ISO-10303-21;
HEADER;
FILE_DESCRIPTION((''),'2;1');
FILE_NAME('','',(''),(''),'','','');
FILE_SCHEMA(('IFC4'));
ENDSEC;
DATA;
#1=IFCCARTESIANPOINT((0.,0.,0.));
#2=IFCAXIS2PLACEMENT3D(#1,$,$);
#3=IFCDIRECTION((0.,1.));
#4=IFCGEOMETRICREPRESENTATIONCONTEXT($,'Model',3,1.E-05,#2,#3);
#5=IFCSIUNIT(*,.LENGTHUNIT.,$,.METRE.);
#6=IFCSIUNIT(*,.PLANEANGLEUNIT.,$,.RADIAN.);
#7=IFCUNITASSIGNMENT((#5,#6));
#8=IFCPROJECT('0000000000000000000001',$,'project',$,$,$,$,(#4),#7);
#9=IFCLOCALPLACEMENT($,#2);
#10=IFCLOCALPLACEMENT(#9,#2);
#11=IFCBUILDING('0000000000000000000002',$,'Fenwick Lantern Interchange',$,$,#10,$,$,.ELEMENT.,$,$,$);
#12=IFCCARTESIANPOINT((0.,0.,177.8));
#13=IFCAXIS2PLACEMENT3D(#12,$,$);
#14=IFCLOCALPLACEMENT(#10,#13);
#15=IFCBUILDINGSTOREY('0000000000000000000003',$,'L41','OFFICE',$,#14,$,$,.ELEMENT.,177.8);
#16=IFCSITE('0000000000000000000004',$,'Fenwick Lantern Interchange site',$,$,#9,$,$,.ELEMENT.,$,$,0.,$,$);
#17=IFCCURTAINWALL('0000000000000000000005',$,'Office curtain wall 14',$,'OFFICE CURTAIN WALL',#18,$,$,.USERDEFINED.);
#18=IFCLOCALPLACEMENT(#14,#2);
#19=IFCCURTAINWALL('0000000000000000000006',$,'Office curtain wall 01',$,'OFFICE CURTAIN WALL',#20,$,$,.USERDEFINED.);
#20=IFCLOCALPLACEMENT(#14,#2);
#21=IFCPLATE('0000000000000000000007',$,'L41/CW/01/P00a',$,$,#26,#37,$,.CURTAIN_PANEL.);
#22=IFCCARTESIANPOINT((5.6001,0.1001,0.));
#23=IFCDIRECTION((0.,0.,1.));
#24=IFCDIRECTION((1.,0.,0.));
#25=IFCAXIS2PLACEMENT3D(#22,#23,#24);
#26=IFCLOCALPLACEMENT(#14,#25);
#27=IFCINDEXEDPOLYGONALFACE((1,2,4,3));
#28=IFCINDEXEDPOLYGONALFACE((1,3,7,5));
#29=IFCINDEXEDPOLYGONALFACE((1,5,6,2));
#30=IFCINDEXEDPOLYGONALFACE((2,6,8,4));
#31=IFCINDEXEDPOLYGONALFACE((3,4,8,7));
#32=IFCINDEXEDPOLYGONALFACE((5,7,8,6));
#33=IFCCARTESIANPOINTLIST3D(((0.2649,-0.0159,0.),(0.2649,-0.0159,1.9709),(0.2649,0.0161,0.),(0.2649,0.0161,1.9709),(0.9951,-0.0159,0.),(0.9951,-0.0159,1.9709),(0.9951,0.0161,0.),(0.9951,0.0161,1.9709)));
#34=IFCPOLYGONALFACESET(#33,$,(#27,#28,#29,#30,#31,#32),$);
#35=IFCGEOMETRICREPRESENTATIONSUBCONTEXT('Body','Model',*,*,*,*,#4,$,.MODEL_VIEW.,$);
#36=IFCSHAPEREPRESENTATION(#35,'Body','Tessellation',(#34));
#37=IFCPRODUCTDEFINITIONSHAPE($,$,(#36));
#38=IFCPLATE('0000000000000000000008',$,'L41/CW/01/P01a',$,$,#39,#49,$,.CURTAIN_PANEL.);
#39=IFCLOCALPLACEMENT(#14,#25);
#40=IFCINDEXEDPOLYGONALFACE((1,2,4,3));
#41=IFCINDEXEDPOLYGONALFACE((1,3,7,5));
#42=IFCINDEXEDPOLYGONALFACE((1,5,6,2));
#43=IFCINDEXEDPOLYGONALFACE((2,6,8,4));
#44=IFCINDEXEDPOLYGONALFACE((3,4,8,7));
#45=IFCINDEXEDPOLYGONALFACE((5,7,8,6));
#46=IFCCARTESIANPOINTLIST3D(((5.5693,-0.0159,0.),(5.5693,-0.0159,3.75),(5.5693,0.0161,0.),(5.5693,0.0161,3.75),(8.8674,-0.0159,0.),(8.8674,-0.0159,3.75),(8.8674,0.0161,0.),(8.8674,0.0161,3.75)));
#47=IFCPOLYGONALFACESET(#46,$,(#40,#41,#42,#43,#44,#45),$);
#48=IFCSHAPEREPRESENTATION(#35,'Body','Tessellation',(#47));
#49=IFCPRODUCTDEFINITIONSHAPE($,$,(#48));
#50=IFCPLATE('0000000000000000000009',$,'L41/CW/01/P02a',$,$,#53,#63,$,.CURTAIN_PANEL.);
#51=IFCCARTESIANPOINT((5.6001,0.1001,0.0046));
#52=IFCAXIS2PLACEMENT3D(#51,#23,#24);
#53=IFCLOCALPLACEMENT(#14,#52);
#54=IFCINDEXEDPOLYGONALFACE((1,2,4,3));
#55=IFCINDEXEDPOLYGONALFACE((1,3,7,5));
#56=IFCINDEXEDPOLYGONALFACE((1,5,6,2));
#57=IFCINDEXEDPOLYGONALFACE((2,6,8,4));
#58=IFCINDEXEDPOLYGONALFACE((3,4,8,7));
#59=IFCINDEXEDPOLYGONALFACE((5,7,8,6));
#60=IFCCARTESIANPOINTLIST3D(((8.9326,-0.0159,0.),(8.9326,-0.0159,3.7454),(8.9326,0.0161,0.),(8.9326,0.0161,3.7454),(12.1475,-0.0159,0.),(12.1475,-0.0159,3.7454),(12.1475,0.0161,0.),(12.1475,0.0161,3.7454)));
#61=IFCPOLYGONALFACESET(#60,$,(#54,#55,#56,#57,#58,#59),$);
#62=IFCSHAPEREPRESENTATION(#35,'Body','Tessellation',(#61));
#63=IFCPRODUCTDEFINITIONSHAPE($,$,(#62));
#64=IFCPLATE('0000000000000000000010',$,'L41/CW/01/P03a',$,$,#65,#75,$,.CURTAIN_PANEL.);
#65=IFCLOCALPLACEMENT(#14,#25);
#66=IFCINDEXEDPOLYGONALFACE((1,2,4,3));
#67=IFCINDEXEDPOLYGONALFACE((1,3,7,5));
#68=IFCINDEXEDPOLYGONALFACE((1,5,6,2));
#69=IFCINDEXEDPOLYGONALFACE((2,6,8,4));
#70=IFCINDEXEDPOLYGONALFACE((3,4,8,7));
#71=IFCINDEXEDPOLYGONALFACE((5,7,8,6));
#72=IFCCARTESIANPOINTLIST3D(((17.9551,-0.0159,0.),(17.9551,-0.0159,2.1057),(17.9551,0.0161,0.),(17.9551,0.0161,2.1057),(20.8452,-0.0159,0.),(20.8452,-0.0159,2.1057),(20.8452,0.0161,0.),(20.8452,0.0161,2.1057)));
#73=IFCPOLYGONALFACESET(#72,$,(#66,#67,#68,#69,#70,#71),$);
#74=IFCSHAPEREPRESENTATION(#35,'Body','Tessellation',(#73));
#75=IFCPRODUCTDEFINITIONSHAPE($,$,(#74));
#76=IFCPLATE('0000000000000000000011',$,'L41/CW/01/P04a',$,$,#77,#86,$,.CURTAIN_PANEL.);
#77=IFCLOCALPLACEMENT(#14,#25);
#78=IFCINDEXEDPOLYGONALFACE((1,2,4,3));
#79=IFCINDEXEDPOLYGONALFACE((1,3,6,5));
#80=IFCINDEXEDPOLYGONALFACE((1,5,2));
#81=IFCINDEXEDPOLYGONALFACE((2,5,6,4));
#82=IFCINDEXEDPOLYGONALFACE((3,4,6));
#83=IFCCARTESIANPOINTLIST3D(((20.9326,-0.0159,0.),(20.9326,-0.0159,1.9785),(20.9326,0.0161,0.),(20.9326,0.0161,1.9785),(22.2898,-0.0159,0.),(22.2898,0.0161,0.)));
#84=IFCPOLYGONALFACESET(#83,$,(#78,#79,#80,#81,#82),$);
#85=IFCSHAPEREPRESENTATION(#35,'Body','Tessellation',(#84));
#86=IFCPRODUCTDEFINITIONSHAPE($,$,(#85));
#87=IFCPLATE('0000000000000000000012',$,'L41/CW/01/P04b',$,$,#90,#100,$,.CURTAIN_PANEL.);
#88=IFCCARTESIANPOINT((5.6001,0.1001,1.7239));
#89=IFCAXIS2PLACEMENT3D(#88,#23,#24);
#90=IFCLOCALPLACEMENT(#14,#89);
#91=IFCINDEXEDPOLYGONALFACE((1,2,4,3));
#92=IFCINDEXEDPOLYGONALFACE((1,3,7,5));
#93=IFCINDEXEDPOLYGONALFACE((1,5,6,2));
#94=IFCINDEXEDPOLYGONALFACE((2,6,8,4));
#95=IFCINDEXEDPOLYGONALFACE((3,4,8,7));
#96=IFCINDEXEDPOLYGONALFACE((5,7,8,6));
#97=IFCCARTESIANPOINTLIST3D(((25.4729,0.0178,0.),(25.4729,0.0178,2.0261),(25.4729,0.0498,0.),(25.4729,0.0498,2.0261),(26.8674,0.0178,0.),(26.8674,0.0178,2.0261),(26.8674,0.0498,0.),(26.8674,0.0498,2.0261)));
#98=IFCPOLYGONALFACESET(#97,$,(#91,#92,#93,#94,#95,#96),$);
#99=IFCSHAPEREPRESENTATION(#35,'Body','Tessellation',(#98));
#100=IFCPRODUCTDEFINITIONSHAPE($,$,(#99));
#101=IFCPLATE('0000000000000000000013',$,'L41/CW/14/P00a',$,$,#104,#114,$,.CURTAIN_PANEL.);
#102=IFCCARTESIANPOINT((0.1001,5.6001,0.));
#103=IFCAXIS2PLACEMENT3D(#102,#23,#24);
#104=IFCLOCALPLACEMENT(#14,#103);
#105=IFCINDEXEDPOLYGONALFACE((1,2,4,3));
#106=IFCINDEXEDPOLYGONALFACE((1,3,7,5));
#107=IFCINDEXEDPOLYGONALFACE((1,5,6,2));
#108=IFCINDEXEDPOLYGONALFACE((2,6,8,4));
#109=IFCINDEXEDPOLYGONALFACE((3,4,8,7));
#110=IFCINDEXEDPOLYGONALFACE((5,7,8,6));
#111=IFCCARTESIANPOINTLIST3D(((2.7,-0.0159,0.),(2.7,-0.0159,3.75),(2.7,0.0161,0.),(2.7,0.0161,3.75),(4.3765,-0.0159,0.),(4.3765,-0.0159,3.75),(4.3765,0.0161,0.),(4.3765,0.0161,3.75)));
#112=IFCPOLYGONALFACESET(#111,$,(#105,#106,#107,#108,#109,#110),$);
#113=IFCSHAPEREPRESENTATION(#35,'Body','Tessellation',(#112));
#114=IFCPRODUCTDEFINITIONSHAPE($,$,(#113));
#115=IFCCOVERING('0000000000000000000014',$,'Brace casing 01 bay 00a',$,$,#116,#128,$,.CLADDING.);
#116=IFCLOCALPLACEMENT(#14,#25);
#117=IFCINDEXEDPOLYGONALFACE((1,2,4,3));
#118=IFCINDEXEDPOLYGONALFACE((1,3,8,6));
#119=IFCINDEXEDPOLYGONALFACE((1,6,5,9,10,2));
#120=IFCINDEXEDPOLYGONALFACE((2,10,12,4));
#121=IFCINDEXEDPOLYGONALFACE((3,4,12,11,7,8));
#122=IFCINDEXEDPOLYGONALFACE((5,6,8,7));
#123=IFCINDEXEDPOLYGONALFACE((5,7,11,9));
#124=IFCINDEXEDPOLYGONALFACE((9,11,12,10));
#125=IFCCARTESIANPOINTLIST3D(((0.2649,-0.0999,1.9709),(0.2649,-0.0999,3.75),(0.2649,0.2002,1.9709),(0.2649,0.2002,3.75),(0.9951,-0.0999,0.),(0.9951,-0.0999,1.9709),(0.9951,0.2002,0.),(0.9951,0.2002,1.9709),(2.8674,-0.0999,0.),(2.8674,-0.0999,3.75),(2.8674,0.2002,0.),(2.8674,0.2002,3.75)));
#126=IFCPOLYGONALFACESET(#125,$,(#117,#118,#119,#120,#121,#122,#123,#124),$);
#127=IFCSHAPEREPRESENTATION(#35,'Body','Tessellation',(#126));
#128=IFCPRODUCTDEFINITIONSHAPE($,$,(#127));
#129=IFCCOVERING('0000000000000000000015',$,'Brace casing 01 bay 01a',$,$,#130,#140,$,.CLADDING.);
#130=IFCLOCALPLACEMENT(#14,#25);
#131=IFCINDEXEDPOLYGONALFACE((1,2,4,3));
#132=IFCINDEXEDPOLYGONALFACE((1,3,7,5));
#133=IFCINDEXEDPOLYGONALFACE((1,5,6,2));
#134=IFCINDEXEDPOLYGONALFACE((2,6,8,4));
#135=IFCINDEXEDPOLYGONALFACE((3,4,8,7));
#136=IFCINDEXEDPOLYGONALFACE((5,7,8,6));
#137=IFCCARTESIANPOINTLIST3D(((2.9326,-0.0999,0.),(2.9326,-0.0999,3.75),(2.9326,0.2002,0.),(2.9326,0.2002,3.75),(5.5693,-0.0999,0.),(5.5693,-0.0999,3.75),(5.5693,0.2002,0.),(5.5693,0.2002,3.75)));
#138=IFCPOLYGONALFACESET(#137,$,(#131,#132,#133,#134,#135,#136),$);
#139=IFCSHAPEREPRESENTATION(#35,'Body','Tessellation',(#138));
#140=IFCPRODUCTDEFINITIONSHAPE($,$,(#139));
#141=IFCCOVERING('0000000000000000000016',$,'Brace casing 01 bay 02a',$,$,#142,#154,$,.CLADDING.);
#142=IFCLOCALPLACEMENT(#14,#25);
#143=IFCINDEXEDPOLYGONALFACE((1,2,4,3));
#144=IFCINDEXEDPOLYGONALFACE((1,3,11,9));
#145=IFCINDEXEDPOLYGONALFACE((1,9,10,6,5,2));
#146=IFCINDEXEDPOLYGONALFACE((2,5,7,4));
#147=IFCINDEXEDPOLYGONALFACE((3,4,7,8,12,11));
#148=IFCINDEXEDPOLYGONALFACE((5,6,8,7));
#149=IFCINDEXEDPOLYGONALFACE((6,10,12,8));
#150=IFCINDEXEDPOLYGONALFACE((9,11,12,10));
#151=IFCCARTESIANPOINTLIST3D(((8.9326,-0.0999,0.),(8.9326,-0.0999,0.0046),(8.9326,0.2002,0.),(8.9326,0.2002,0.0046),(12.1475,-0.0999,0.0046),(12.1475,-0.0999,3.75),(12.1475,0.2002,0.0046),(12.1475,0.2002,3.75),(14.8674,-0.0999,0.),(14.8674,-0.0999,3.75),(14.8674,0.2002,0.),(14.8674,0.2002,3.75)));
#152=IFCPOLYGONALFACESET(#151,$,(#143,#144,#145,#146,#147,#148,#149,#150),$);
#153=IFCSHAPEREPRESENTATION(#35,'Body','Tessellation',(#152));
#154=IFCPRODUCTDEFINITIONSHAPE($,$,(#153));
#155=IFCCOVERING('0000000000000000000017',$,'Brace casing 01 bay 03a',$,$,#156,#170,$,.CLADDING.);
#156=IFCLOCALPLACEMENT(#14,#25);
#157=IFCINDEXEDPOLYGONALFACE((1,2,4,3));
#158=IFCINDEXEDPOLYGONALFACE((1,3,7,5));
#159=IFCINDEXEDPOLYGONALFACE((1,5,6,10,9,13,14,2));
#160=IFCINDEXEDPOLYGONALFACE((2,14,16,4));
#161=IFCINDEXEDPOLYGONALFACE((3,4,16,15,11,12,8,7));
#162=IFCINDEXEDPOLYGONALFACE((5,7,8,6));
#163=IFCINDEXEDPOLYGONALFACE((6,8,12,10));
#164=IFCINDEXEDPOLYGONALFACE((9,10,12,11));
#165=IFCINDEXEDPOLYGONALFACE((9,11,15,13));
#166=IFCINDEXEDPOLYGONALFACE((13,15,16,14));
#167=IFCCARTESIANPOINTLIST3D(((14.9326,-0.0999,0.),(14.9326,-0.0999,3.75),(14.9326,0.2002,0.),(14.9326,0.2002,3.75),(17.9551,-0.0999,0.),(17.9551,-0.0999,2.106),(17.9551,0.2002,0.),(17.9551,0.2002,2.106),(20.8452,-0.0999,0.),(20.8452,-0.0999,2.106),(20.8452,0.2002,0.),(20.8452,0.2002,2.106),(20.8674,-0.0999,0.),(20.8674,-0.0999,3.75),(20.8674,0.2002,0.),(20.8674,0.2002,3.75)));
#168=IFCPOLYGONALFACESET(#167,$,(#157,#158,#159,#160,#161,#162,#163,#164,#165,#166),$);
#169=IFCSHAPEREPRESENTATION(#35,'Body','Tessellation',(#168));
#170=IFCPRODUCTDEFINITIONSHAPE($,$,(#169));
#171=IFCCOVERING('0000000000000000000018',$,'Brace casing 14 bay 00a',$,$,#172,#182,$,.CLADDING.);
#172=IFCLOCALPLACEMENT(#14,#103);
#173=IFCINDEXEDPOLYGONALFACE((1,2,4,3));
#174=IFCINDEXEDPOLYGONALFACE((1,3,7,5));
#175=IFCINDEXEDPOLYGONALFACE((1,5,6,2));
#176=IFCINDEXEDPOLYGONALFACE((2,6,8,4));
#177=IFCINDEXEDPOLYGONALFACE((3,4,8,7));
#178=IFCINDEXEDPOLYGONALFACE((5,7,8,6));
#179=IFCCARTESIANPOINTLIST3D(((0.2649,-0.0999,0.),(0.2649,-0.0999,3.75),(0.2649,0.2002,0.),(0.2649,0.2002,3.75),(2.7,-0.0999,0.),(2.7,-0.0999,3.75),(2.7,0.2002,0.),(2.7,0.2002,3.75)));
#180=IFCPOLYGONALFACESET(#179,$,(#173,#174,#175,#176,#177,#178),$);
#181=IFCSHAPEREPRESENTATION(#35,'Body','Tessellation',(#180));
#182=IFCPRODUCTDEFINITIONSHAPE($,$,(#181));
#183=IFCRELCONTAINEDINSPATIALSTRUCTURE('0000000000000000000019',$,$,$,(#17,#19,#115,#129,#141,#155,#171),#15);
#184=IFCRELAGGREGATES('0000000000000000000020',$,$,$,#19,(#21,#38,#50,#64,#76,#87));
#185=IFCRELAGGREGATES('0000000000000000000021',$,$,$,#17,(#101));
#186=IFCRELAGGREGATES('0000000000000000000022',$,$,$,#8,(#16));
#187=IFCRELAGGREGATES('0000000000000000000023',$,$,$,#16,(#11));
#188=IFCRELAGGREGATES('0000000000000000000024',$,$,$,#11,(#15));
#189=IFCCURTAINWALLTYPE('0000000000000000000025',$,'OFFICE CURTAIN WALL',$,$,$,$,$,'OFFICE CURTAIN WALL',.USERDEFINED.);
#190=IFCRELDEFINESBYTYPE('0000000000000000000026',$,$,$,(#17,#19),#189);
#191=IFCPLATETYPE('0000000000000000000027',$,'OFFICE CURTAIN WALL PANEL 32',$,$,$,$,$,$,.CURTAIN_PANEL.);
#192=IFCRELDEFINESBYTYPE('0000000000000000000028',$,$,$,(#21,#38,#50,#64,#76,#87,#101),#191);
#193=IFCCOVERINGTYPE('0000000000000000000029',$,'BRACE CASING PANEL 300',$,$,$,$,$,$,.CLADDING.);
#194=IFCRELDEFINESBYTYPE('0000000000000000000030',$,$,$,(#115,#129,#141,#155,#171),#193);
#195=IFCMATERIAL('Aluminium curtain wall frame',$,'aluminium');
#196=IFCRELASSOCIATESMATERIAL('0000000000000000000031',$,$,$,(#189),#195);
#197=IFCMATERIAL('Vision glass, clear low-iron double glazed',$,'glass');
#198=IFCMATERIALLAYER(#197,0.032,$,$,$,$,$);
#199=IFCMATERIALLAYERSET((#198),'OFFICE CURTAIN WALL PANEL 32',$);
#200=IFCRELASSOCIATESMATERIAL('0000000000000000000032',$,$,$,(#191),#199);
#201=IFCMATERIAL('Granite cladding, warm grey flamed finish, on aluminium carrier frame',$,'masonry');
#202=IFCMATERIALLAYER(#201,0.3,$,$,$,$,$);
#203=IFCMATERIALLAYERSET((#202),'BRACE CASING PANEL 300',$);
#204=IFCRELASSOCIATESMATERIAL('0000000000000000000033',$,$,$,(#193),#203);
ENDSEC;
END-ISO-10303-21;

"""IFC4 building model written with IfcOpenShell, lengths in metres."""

from ifc_helpers import new_model, si_unit, direction, frame, origin, place, context, subcontext, project, spatial, polyline, outline, extrude, material, layer, layer_set, type_object, element, aggregate, save


model = new_model("IFC4")

# Units and contexts
model_context = context("Model", 3, precision=1e-05, world=origin(), true_north=direction((0.0, 1.0)))
body_context = subcontext(model_context, "Body", "Model", "MODEL_VIEW")
ifc_project = project(units=[si_unit("LENGTHUNIT", "METRE"), si_unit("PLANEANGLEUNIT", "RADIAN")], contexts=[model_context])

# Site, building, storey
site_placement = place(None, origin())
site = spatial("IfcSite", under=ifc_project, at=site_placement, Name="Fenwick Lantern Interchange site", CompositionType="ELEMENT", RefElevation=0.0)
building_placement = place(site_placement, origin())
building = spatial("IfcBuilding", under=site, at=building_placement, Name="Fenwick Lantern Interchange", CompositionType="ELEMENT")
storey_placement = place(building_placement, frame((0.0, 0.0, 177.8)))
storey = spatial("IfcBuildingStorey", under=building, at=storey_placement, Name="L41", Description="OFFICE", CompositionType="ELEMENT", Elevation=177.8)

# Shared definitions
ifc_material_1 = material(Name="Aluminium curtain wall frame", Category="aluminium")
curtain_wall_type = type_object("IfcCurtainWallType", Name="OFFICE CURTAIN WALL", ElementType="OFFICE CURTAIN WALL", PredefinedType="USERDEFINED", material=ifc_material_1)

# Curtain wall
curtain_wall_1_placement = place(storey_placement, origin())
curtain_wall_1 = element("IfcCurtainWall", 1, at=curtain_wall_1_placement, inside=storey, type_object=curtain_wall_type, Name="Office curtain wall 14", ObjectType="OFFICE CURTAIN WALL", PredefinedType="USERDEFINED")

# Curtain wall, plates
curtain_wall_2_placement = place(storey_placement, origin())
curtain_wall_2 = element("IfcCurtainWall", 2, at=curtain_wall_2_placement, inside=storey, type_object=curtain_wall_type, Name="Office curtain wall 01", ObjectType="OFFICE CURTAIN WALL", PredefinedType="USERDEFINED")
ifc_material_2 = material(Name="Vision glass, clear low-iron double glazed", Category="glass")
ifc_layer_1 = layer(ifc_material_2, 0.032)
ifc_layer_set_1 = layer_set([ifc_layer_1], Name="OFFICE CURTAIN WALL PANEL 32")
plate_type = type_object("IfcPlateType", Name="OFFICE CURTAIN WALL PANEL 32", PredefinedType="CURTAIN_PANEL", material=ifc_layer_set_1)
plate_1_placement = place(storey_placement, frame((5.6001, 0.1001, 0.0), z_axis=(0.0, 0.0, 1.0), x_axis=(1.0, 0.0, 0.0)))
plate_1 = element("IfcPlate", 3, at=plate_1_placement, type_object=plate_type, Name="L41/CW/01/P00a", PredefinedType="CURTAIN_PANEL", context=body_context, shape_type="SweptSolid", body=[
    extrude(outline(polyline([(0.2649, 0.0), (0.9951, 0.0), (0.9951, 1.9709), (0.2649, 1.9709), (0.2649, 0.0)])), frame((0.0, 0.0161, 0.0), z_axis=(0.0, -1.0, 0.0), x_axis=(1.0, 0.0, 0.0)), (0.0, 0.0, 1.0), 0.032),
])
plate_2_placement = place(storey_placement, frame((5.6001, 0.1001, 0.0), z_axis=(0.0, 0.0, 1.0), x_axis=(1.0, 0.0, 0.0)))
plate_2 = element("IfcPlate", 4, at=plate_2_placement, type_object=plate_type, Name="L41/CW/01/P01a", PredefinedType="CURTAIN_PANEL", context=body_context, shape_type="SweptSolid", body=[
    extrude(outline(polyline([(5.5693, 0.0), (8.8674, 0.0), (8.8674, 3.75), (5.5693, 3.75), (5.5693, 0.0)])), frame((0.0, 0.0161, 0.0), z_axis=(0.0, -1.0, 0.0), x_axis=(1.0, 0.0, 0.0)), (0.0, 0.0, 1.0), 0.032),
])
plate_3_placement = place(storey_placement, frame((5.6001, 0.1001, 0.0046), z_axis=(0.0, 0.0, 1.0), x_axis=(1.0, 0.0, 0.0)))
plate_3 = element("IfcPlate", 5, at=plate_3_placement, type_object=plate_type, Name="L41/CW/01/P02a", PredefinedType="CURTAIN_PANEL", context=body_context, shape_type="SweptSolid", body=[
    extrude(outline(polyline([(8.9326, 0.0), (12.1475, 0.0), (12.1475, 3.7454), (8.9326, 3.7454), (8.9326, 0.0)])), frame((0.0, 0.0161, 0.0), z_axis=(0.0, -1.0, 0.0), x_axis=(1.0, 0.0, 0.0)), (0.0, 0.0, 1.0), 0.032),
])
plate_4_placement = place(storey_placement, frame((5.6001, 0.1001, 0.0), z_axis=(0.0, 0.0, 1.0), x_axis=(1.0, 0.0, 0.0)))
plate_4 = element("IfcPlate", 6, at=plate_4_placement, type_object=plate_type, Name="L41/CW/01/P03a", PredefinedType="CURTAIN_PANEL", context=body_context, shape_type="SweptSolid", body=[
    extrude(outline(polyline([(17.9551, 0.0), (20.8452, 0.0), (20.8452, 2.1057), (17.9551, 2.1057), (17.9551, 0.0)])), frame((0.0, 0.0161, 0.0), z_axis=(0.0, -1.0, 0.0), x_axis=(1.0, 0.0, 0.0)), (0.0, 0.0, 1.0), 0.032),
])
plate_5_placement = place(storey_placement, frame((5.6001, 0.1001, 0.0), z_axis=(0.0, 0.0, 1.0), x_axis=(1.0, 0.0, 0.0)))
plate_5 = element("IfcPlate", 7, at=plate_5_placement, type_object=plate_type, Name="L41/CW/01/P04a", PredefinedType="CURTAIN_PANEL", context=body_context, shape_type="SweptSolid", body=[
    extrude(outline(polyline([(20.9326, 0.0), (22.2898, 0.0), (20.9326, 1.9785), (20.9326, 0.0)])), frame((0.0, 0.0161, 0.0), z_axis=(0.0, -1.0, 0.0), x_axis=(1.0, 0.0, 0.0)), (0.0, 0.0, 1.0), 0.032),
])
plate_6_placement = place(storey_placement, frame((5.6001, 0.1001, 1.7239), z_axis=(0.0, 0.0, 1.0), x_axis=(1.0, 0.0, 0.0)))
plate_6 = element("IfcPlate", 8, at=plate_6_placement, type_object=plate_type, Name="L41/CW/01/P04b", PredefinedType="CURTAIN_PANEL", context=body_context, shape_type="SweptSolid", body=[
    extrude(outline(polyline([(25.4729, 0.0), (26.8674, 0.0), (26.8674, 2.0261), (25.4729, 2.0261), (25.4729, 0.0)])), frame((0.0, 0.0498, 0.0), z_axis=(0.0, -1.0, 0.0), x_axis=(1.0, 0.0, 0.0)), (0.0, 0.0, 1.0), 0.032),
])
aggregate(curtain_wall_2, [plate_1, plate_2, plate_3, plate_4, plate_5, plate_6])

# Plate
plate_7_placement = place(storey_placement, frame((0.1001, 5.6001, 0.0), z_axis=(0.0, 0.0, 1.0), x_axis=(1.0, 0.0, 0.0)))
plate_7 = element("IfcPlate", 9, at=plate_7_placement, type_object=plate_type, Name="L41/CW/14/P00a", PredefinedType="CURTAIN_PANEL", context=body_context, shape_type="SweptSolid", body=[
    extrude(outline(polyline([(2.7, 0.0), (4.3765, 0.0), (4.3765, 3.75), (2.7, 3.75), (2.7, 0.0)])), frame((0.0, 0.0161, 0.0), z_axis=(0.0, -1.0, 0.0), x_axis=(1.0, 0.0, 0.0)), (0.0, 0.0, 1.0), 0.032),
])
aggregate(curtain_wall_1, [plate_7])

# Coverings
ifc_material_3 = material(Name="Granite cladding, warm grey flamed finish, on aluminium carrier frame", Category="masonry")
ifc_layer_2 = layer(ifc_material_3, 0.3)
ifc_layer_set_2 = layer_set([ifc_layer_2], Name="BRACE CASING PANEL 300")
covering_type_1 = type_object("IfcCoveringType", Name="BRACE CASING PANEL 300", PredefinedType="CLADDING", material=ifc_layer_set_2)
covering_1_placement = place(storey_placement, frame((5.6001, 0.1001, 0.0), z_axis=(0.0, 0.0, 1.0), x_axis=(1.0, 0.0, 0.0)))
element("IfcCovering", 10, at=covering_1_placement, inside=storey, type_object=covering_type_1, Name="Brace casing 01 bay 00a", PredefinedType="CLADDING", context=body_context, shape_type="SweptSolid", body=[
    extrude(outline(polyline([(0.9951, 0.0), (2.8674, 0.0), (2.8674, 3.75), (0.2649, 3.75), (0.2649, 1.9709), (0.9951, 1.9709), (0.9951, 0.0)])), frame((0.0, 0.2002, 0.0), z_axis=(0.0, -1.0, 0.0), x_axis=(1.0, 0.0, 0.0)), (0.0, 0.0, 1.0), 0.3),
])
covering_2_placement = place(storey_placement, frame((5.6001, 0.1001, 0.0), z_axis=(0.0, 0.0, 1.0), x_axis=(1.0, 0.0, 0.0)))
element("IfcCovering", 11, at=covering_2_placement, inside=storey, type_object=covering_type_1, Name="Brace casing 01 bay 01a", PredefinedType="CLADDING", context=body_context, shape_type="SweptSolid", body=[
    extrude(outline(polyline([(2.9326, 0.0), (5.5693, 0.0), (5.5693, 3.75), (2.9326, 3.75), (2.9326, 0.0)])), frame((0.0, 0.2002, 0.0), z_axis=(0.0, -1.0, 0.0), x_axis=(1.0, 0.0, 0.0)), (0.0, 0.0, 1.0), 0.3),
])
covering_3_placement = place(storey_placement, frame((5.6001, 0.1001, 0.0), z_axis=(0.0, 0.0, 1.0), x_axis=(1.0, 0.0, 0.0)))
element("IfcCovering", 12, at=covering_3_placement, inside=storey, type_object=covering_type_1, Name="Brace casing 01 bay 02a", PredefinedType="CLADDING", context=body_context, shape_type="SweptSolid", body=[
    extrude(outline(polyline([(8.9326, 0.0), (14.8674, 0.0), (14.8674, 3.75), (12.1475, 3.75), (12.1475, 0.0046), (8.9326, 0.0046), (8.9326, 0.0)])), frame((0.0, 0.2002, 0.0), z_axis=(0.0, -1.0, 0.0), x_axis=(1.0, 0.0, 0.0)), (0.0, 0.0, 1.0), 0.3),
])
covering_4_placement = place(storey_placement, frame((5.6001, 0.1001, 0.0), z_axis=(0.0, 0.0, 1.0), x_axis=(1.0, 0.0, 0.0)))
element("IfcCovering", 13, at=covering_4_placement, inside=storey, type_object=covering_type_1, Name="Brace casing 01 bay 03a", PredefinedType="CLADDING", context=body_context, shape_type="SweptSolid", body=[
    extrude(outline(polyline([(14.9326, 0.0), (17.9551, 0.0), (17.9551, 2.106), (20.8452, 2.106), (20.8452, 0.0), (20.8674, 0.0), (20.8674, 3.75), (14.9326, 3.75), (14.9326, 0.0)])), frame((0.0, 0.2002, 0.0), z_axis=(0.0, -1.0, 0.0), x_axis=(1.0, 0.0, 0.0)), (0.0, 0.0, 1.0), 0.3),
])
covering_5_placement = place(storey_placement, frame((0.1001, 5.6001, 0.0), z_axis=(0.0, 0.0, 1.0), x_axis=(1.0, 0.0, 0.0)))
element("IfcCovering", 14, at=covering_5_placement, inside=storey, type_object=covering_type_1, Name="Brace casing 14 bay 00a", PredefinedType="CLADDING", context=body_context, shape_type="SweptSolid", body=[
    extrude(outline(polyline([(0.2649, 0.0), (2.7, 0.0), (2.7, 3.75), (0.2649, 3.75), (0.2649, 0.0)])), frame((0.0, 0.2002, 0.0), z_axis=(0.0, -1.0, 0.0), x_axis=(1.0, 0.0, 0.0)), (0.0, 0.0, 1.0), 0.3),
])

save(model, "model.ifc")
